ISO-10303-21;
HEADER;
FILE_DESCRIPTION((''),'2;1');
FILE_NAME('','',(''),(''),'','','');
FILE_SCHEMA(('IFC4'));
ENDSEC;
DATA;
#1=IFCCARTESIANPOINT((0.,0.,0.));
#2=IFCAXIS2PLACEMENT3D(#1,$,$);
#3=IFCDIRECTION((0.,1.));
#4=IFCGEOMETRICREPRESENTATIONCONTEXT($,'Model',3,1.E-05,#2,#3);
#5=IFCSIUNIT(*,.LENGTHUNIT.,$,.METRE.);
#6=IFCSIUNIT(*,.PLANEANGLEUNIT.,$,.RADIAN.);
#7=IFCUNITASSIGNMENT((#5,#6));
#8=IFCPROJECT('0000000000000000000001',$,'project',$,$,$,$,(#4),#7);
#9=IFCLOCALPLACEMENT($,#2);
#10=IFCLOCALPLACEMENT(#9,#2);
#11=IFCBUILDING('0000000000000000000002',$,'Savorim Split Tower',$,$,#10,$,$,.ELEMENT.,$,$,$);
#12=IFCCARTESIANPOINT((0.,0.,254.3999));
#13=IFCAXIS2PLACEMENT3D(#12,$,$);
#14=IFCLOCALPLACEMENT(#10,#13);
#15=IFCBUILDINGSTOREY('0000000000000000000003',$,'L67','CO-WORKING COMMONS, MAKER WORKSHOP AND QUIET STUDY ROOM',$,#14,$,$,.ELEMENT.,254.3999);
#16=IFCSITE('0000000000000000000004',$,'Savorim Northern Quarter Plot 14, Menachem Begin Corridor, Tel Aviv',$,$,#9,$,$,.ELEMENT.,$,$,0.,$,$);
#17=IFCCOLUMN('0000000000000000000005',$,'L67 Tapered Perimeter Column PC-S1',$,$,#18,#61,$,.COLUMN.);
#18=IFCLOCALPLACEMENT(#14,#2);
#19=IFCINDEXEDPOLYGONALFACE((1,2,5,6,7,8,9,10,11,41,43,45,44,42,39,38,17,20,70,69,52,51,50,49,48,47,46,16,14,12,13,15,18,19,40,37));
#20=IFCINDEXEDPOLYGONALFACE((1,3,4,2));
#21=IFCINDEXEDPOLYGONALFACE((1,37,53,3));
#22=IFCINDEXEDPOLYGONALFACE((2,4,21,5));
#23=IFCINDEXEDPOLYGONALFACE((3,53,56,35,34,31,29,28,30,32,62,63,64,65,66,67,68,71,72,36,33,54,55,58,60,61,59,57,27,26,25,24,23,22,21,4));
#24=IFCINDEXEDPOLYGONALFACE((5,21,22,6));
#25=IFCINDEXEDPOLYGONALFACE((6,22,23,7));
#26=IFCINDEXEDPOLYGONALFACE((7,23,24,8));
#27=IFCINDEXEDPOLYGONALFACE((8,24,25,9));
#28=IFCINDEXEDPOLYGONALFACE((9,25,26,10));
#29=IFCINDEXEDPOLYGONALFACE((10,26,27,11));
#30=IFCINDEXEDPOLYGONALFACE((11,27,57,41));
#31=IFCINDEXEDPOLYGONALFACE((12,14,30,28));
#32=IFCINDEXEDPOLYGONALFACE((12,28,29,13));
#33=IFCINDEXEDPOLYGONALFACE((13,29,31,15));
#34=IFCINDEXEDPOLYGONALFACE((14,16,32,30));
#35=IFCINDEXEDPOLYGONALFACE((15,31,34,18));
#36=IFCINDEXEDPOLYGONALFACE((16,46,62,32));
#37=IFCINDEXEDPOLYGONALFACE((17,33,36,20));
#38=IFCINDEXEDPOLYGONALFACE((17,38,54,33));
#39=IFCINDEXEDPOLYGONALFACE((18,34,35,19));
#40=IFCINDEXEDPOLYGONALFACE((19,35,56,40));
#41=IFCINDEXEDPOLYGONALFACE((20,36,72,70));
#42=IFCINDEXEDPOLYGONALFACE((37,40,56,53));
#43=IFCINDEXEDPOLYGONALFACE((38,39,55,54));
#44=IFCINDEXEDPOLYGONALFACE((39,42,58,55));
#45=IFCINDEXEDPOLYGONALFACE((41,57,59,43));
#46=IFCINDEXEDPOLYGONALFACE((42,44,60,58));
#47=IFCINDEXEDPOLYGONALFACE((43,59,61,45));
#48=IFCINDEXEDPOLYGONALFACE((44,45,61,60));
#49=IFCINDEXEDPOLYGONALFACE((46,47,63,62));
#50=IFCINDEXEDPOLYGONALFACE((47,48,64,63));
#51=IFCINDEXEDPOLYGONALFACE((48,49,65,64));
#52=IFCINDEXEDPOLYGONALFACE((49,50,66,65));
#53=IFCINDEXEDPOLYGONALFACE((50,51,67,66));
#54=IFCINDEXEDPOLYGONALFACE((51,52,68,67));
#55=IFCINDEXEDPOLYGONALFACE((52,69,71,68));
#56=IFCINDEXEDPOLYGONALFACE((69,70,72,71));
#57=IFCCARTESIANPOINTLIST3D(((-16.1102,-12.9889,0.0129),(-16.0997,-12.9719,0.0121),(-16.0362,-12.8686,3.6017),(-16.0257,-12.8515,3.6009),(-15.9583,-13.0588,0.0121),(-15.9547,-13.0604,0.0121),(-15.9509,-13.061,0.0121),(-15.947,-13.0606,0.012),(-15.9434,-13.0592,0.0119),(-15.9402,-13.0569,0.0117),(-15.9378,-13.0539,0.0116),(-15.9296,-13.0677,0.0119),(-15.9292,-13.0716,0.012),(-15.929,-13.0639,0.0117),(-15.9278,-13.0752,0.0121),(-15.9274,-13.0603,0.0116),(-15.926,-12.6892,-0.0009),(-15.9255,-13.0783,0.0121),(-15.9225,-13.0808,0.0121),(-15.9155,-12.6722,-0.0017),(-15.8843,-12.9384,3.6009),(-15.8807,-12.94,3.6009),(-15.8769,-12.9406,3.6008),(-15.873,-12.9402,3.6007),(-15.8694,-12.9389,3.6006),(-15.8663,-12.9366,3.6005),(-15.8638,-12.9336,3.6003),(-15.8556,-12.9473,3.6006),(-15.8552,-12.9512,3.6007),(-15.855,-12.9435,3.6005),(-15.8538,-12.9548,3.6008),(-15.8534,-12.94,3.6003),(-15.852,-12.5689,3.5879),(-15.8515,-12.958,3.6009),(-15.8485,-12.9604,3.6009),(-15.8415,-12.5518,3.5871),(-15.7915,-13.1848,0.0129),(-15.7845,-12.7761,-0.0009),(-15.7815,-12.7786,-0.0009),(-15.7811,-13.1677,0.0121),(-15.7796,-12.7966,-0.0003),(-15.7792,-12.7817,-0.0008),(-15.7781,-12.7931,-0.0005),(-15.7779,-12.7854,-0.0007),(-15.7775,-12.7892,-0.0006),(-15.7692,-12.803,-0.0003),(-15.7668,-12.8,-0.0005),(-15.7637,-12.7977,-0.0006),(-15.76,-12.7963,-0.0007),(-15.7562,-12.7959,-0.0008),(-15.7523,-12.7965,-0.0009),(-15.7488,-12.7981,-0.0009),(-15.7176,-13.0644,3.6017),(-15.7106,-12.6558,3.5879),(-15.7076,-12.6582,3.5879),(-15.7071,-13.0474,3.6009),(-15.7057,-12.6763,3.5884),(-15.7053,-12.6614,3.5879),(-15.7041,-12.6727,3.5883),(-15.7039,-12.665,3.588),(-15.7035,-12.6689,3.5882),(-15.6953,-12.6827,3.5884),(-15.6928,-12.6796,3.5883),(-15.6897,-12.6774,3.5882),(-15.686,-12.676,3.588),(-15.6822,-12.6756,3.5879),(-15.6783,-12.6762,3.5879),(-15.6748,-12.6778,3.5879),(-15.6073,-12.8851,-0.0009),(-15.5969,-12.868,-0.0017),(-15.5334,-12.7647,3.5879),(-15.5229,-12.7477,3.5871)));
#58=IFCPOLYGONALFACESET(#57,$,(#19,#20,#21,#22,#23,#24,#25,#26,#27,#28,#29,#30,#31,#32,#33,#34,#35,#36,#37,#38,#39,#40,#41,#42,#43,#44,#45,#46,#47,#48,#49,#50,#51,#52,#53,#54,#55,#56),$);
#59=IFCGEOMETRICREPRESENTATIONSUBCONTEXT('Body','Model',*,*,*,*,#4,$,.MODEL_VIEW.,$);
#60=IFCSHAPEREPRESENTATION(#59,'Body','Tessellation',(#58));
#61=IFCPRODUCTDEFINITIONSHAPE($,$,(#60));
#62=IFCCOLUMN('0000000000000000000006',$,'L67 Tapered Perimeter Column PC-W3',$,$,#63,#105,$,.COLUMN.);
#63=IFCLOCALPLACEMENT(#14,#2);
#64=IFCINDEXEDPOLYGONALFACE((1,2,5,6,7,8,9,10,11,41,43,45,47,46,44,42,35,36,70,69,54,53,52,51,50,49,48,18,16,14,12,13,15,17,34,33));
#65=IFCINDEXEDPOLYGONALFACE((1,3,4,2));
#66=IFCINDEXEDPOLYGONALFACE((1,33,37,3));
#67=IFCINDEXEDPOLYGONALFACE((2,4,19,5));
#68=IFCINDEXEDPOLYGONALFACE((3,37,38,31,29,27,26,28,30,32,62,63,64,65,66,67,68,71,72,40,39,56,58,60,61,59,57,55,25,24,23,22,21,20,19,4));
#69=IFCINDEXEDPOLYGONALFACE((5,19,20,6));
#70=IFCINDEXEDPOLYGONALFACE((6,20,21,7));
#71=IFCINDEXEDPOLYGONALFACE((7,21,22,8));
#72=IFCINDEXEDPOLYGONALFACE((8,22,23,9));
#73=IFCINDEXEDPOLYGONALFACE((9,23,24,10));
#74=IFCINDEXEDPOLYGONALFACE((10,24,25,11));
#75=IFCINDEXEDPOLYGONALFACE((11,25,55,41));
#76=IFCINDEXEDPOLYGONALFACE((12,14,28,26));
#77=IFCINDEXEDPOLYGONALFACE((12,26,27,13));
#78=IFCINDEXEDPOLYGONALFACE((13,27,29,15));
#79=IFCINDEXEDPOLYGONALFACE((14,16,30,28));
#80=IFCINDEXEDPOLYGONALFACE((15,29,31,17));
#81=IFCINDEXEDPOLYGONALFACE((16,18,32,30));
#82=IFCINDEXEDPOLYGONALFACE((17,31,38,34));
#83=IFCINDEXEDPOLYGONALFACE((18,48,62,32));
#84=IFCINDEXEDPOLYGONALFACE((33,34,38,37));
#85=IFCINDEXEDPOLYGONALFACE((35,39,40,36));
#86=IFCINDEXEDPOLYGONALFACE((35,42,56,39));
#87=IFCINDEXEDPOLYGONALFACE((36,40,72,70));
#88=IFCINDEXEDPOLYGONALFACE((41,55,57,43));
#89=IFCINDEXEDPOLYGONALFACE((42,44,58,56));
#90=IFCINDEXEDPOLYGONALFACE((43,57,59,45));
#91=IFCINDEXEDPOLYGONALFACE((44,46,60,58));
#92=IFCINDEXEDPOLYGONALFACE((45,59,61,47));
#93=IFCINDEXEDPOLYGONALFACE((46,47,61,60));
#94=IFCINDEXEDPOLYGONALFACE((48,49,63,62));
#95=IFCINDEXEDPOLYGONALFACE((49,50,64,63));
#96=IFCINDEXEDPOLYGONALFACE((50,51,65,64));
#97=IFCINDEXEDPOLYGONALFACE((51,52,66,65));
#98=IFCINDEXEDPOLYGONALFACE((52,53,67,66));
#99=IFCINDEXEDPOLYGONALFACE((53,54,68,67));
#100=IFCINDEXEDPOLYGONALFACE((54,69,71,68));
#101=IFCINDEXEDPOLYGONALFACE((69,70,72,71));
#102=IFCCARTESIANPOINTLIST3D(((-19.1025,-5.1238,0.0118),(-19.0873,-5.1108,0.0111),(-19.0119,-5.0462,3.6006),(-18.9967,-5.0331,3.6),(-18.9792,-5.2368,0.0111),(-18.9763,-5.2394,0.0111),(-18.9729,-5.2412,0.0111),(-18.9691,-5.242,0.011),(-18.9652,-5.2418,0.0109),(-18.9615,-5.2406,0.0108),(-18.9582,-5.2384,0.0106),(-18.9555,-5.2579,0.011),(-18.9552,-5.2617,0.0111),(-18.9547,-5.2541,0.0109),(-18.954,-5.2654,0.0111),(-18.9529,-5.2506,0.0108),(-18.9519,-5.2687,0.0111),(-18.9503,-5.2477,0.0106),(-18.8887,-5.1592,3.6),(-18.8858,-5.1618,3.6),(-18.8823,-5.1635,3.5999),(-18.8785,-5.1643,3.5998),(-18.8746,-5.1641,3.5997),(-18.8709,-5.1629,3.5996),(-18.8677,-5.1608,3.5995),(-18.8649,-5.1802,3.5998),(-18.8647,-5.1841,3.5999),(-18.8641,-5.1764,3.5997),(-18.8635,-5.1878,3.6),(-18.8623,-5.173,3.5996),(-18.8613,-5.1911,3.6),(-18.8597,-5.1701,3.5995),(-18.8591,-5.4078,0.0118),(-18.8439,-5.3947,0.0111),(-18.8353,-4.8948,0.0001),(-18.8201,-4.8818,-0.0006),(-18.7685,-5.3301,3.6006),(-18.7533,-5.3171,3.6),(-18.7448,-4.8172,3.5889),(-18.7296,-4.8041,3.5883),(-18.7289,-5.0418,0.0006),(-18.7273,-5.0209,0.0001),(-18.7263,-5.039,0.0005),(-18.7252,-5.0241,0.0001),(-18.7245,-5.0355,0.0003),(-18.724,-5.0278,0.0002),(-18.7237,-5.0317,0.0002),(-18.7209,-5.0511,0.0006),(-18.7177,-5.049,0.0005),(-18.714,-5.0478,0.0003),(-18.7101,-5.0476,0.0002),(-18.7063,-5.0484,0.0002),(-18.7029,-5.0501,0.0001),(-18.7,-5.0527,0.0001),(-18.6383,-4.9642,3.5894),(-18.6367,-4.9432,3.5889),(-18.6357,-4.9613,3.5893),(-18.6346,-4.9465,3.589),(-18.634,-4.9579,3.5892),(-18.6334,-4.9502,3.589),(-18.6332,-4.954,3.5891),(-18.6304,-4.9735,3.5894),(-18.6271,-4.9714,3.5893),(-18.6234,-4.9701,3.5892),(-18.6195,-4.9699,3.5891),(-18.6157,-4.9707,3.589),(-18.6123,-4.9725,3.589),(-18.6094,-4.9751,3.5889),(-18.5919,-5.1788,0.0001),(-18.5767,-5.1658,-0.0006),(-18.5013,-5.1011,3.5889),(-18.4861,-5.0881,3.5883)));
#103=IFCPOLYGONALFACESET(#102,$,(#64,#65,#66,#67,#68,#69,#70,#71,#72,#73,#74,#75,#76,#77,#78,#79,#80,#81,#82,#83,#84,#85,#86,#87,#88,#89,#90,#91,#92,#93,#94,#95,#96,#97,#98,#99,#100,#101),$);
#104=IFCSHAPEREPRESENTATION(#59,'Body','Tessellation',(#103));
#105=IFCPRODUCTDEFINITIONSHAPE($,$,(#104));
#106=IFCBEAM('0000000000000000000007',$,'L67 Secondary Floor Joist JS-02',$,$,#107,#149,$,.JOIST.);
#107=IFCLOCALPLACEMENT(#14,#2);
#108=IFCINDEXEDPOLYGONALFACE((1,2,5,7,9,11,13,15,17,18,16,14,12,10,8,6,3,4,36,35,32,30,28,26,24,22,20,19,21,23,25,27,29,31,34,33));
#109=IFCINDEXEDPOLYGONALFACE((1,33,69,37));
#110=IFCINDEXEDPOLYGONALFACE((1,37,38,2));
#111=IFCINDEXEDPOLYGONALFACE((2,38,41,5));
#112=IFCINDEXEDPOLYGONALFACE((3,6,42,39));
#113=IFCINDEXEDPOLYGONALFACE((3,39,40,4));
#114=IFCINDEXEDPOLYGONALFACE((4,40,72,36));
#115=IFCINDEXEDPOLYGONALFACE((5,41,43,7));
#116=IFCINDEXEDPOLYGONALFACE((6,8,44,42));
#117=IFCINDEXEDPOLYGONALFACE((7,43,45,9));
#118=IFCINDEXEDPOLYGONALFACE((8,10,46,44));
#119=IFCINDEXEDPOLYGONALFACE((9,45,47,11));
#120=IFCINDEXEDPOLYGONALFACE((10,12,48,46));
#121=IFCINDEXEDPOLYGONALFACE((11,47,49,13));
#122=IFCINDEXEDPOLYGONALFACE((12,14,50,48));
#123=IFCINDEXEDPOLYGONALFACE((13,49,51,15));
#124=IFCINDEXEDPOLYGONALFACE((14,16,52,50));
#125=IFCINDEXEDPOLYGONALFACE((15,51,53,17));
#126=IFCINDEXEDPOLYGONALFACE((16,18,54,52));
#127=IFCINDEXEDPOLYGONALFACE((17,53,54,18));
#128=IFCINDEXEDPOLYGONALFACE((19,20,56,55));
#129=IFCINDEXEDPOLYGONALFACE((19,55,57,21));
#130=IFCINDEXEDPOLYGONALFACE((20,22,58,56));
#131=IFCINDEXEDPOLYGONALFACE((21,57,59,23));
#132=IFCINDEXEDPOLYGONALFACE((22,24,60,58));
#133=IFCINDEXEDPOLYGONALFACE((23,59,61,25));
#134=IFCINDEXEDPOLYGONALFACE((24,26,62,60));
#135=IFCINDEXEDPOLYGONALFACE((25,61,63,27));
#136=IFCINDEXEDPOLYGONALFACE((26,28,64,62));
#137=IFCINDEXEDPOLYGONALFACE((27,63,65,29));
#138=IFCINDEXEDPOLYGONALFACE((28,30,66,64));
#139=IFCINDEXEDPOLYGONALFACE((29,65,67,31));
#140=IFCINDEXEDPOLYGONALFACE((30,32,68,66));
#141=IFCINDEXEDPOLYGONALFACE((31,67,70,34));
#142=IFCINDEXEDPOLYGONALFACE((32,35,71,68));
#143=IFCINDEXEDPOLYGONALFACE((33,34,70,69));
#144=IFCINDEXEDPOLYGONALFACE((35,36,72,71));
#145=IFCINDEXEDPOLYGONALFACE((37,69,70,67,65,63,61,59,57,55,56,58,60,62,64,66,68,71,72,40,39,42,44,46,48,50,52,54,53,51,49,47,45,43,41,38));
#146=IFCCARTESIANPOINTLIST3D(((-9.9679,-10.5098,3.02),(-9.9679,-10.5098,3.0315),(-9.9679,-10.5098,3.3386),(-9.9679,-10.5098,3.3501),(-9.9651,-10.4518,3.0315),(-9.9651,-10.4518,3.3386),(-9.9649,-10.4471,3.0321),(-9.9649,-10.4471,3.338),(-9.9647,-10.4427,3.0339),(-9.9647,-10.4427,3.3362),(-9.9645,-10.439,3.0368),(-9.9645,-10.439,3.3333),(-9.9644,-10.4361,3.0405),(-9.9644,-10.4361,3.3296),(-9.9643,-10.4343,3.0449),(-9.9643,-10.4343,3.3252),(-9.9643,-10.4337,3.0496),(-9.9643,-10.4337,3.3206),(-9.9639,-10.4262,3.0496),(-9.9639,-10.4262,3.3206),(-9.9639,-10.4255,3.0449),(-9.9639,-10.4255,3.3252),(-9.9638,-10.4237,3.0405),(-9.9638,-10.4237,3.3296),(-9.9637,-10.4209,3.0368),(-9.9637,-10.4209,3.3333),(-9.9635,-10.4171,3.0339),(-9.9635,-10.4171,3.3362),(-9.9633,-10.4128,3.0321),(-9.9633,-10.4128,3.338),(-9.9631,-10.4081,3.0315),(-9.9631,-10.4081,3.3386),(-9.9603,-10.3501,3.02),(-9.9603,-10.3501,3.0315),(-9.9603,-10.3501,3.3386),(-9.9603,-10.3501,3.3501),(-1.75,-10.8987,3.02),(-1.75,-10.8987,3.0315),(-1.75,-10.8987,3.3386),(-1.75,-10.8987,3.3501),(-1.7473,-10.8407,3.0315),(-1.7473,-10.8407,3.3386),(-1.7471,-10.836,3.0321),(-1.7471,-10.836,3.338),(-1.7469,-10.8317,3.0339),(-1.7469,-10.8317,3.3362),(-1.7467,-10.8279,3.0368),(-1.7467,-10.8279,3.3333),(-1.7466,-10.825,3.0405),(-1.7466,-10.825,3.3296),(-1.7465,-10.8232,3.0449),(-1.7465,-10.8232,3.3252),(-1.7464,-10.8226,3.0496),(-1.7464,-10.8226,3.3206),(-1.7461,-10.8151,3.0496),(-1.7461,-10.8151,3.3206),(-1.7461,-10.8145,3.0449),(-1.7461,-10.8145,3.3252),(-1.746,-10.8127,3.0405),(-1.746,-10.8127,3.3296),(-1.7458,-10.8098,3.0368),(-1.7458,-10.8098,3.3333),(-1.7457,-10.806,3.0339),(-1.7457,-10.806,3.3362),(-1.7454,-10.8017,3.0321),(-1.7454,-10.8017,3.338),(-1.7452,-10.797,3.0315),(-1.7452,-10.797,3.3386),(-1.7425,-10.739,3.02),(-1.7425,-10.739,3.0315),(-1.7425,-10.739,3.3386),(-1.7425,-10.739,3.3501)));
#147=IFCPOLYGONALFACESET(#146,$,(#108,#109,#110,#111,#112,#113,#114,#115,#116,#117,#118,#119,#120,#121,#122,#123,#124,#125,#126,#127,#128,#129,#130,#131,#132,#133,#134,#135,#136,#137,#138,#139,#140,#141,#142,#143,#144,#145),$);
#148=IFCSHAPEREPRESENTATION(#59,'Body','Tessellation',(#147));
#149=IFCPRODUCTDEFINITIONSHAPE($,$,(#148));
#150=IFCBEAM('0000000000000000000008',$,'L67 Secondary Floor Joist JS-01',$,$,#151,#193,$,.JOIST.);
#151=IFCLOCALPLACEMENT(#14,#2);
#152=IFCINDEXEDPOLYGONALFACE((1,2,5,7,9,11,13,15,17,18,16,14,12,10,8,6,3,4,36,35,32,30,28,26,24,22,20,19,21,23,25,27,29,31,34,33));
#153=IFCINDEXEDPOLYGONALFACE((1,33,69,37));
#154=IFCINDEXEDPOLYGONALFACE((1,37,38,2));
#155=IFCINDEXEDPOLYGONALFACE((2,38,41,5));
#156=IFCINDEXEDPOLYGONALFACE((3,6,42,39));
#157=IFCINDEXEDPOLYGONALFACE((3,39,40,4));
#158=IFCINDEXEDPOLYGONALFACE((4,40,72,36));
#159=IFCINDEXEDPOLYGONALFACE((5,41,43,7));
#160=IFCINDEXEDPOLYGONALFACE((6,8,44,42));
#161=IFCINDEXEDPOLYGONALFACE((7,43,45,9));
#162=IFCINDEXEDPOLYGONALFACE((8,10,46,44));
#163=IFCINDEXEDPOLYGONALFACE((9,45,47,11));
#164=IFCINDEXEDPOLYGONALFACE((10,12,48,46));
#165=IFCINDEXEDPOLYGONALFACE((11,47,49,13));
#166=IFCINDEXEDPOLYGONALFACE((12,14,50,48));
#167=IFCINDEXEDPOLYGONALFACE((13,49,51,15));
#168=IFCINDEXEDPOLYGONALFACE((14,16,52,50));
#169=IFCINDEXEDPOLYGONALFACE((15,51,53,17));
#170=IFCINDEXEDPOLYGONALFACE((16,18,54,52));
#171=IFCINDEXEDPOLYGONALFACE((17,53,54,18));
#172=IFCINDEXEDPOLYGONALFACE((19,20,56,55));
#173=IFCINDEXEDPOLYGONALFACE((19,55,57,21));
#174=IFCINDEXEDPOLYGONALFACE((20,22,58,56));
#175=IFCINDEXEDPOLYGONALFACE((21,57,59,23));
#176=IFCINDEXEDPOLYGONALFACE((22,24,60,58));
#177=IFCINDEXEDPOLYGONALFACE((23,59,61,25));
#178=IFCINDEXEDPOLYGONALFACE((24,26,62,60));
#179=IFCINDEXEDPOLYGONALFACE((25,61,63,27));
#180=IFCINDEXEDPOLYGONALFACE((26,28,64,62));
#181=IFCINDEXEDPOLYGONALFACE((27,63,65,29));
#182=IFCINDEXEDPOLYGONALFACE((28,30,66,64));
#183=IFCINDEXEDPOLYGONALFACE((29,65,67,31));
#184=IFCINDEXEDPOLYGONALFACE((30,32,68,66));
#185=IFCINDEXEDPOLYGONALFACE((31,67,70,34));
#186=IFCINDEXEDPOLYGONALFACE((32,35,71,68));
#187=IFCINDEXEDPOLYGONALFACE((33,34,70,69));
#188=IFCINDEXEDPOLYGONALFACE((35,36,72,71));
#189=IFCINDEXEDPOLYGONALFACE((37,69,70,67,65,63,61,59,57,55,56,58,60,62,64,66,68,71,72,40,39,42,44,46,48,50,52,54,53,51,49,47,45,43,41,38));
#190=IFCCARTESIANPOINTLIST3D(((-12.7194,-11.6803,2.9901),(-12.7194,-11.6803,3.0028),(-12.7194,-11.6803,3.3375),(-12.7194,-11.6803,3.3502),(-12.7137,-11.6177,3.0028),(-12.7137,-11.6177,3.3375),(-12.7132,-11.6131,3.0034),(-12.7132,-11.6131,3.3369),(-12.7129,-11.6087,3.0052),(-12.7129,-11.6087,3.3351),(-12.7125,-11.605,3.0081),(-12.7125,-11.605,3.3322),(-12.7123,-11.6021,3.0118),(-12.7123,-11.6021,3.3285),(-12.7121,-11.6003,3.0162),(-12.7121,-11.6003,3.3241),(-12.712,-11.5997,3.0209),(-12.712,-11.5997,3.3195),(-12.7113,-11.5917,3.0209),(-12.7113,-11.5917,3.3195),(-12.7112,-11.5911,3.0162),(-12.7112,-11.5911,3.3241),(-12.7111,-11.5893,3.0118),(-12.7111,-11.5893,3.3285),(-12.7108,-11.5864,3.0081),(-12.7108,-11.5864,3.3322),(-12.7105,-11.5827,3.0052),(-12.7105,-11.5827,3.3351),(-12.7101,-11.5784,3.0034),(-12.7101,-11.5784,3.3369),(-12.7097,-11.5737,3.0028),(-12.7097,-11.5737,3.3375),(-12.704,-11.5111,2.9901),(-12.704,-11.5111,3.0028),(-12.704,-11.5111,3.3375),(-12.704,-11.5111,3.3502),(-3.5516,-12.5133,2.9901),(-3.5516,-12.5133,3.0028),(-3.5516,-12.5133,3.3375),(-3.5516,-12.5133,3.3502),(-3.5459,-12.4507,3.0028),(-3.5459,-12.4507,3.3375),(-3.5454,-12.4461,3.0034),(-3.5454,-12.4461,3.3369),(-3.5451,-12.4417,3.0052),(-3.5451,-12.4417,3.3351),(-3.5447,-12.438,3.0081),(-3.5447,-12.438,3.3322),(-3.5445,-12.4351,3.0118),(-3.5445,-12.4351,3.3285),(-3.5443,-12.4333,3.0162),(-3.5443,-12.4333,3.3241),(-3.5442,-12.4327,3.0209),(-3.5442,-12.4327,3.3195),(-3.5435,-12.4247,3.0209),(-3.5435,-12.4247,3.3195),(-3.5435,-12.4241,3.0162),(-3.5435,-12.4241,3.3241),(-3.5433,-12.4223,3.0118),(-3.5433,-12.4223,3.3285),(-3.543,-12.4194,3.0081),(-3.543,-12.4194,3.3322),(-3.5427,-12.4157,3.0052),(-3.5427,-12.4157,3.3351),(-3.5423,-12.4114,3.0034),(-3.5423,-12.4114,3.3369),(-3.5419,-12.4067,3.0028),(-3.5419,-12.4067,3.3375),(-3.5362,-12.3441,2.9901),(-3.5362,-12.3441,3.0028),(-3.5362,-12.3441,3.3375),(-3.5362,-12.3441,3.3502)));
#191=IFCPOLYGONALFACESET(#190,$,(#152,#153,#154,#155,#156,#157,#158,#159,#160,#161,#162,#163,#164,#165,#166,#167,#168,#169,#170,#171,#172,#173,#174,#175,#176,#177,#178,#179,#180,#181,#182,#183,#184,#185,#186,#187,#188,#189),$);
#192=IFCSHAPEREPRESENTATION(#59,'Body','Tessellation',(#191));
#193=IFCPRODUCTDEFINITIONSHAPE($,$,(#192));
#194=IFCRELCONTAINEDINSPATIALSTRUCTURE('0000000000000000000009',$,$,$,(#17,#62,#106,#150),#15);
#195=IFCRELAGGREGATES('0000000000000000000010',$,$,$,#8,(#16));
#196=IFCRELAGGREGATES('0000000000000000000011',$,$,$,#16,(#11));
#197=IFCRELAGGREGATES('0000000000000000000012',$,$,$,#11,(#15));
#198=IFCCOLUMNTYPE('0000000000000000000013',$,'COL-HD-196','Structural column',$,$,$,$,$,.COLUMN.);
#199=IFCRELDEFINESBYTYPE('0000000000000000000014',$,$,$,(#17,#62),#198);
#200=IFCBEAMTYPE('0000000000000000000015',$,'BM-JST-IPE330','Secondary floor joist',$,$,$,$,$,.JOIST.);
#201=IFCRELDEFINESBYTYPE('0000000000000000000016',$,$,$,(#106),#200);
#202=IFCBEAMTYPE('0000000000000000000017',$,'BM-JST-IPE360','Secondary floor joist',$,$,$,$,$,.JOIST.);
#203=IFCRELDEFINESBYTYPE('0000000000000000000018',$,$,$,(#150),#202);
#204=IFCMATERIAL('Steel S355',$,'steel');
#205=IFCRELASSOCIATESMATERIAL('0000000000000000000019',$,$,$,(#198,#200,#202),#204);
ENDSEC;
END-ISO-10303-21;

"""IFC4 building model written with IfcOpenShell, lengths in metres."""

from ifc_helpers import new_model, si_unit, direction, frame, origin, origin_2d, place, context, subcontext, project, spatial, i_section, extrude, material, material_profile, profile_set, type_object, element, save


model = new_model("IFC4")

# Units and contexts
model_context = context("Model", 3, precision=1e-05, world=origin(), true_north=direction((0.0, 1.0)))
body_context = subcontext(model_context, "Body", "Model", "MODEL_VIEW")
ifc_project = project(units=[si_unit("LENGTHUNIT", "METRE"), si_unit("PLANEANGLEUNIT", "RADIAN")], contexts=[model_context])

# Site, building, storey
site_placement = place(None, origin())
site = spatial("IfcSite", under=ifc_project, at=site_placement, Name="Savorim Northern Quarter Plot 14, Menachem Begin Corridor, Tel Aviv", CompositionType="ELEMENT", RefElevation=0.0)
building_placement = place(site_placement, origin())
building = spatial("IfcBuilding", under=site, at=building_placement, Name="Savorim Split Tower", CompositionType="ELEMENT")
storey_placement = place(building_placement, frame((0.0, 0.0, 254.3999)))
storey = spatial("IfcBuildingStorey", under=building, at=storey_placement, Name="L67", Description="CO-WORKING COMMONS, MAKER WORKSHOP AND QUIET STUDY ROOM", CompositionType="ELEMENT", Elevation=254.3999)

# Columns
ifc_material_1 = material(Name="Steel S355", Category="steel")
ifc_material_profile_1 = material_profile(ifc_material_1, i_section(OverallWidth=0.374, OverallDepth=0.3721, WebThickness=0.0122, FlangeThickness=0.02, FilletRadius=0.0149, at=origin_2d()), Name="HD 360x196")
ifc_profile_set_1 = profile_set([ifc_material_profile_1], Name="Steel S355")
column_type = type_object("IfcColumnType", Name="COL-HD-196", Description="Structural column", PredefinedType="COLUMN", material=ifc_profile_set_1)
column_1_placement = place(storey_placement, frame((-15.8535, -12.9285, 0.0056), z_axis=(0.020596, 0.033511, 0.999226), x_axis=(-0.851955, 0.523615, 0.0)))
element("IfcColumn", 1, at=column_1_placement, inside=storey, type_object=column_type, Name="L67 Tapered Perimeter Column PC-S1", PredefinedType="COLUMN", context=body_context, shape_type="SweptSolid", body=[
    extrude(i_section(OverallWidth=0.374, OverallDepth=0.3721, WebThickness=0.0122, FlangeThickness=0.02, FilletRadius=0.0149, at=origin_2d()), origin(), (0.0, 0.0, 1.0), 3.5916),
])
column_2_placement = place(storey_placement, frame((-18.8396, -5.1448, 0.0056), z_axis=(0.025224, 0.021621, 0.999448), x_axis=(-0.650791, 0.759257, 0.0)))
element("IfcColumn", 2, at=column_2_placement, inside=storey, type_object=column_type, Name="L67 Tapered Perimeter Column PC-W3", PredefinedType="COLUMN", context=body_context, shape_type="SweptSolid", body=[
    extrude(i_section(OverallWidth=0.374, OverallDepth=0.3721, WebThickness=0.0122, FlangeThickness=0.02, FilletRadius=0.0149, at=origin_2d()), origin(), (0.0, 0.0, 1.0), 3.5908),
])

# Beams
ifc_material_profile_2 = material_profile(ifc_material_1, i_section(OverallWidth=0.1599, OverallDepth=0.3301, WebThickness=0.0076, FlangeThickness=0.0115, FilletRadius=0.0181, at=origin_2d()), Name="IPE 330")
ifc_profile_set_2 = profile_set([ifc_material_profile_2], Name="Steel S355")
beam_type_1 = type_object("IfcBeamType", Name="BM-JST-IPE330", Description="Secondary floor joist", PredefinedType="JOIST", material=ifc_profile_set_2)
beam_1_placement = place(storey_placement, frame((-9.9641, -10.4299, 3.1851), z_axis=(0.998882, -0.047273, 0.0), x_axis=(0.047273, 0.998882, 0.0)))
element("IfcBeam", 3, at=beam_1_placement, inside=storey, type_object=beam_type_1, Name="L67 Secondary Floor Joist JS-02", PredefinedType="JOIST", context=body_context, shape_type="SweptSolid", body=[
    extrude(i_section(OverallWidth=0.1599, OverallDepth=0.3301, WebThickness=0.0076, FlangeThickness=0.0115, FilletRadius=0.0181, at=origin_2d()), origin(), (0.0, 0.0, 1.0), 8.2271),
])
ifc_material_profile_3 = material_profile(ifc_material_1, i_section(OverallWidth=0.1699, OverallDepth=0.3601, WebThickness=0.0081, FlangeThickness=0.0127, FilletRadius=0.0181, at=origin_2d()), Name="IPE 360")
ifc_profile_set_3 = profile_set([ifc_material_profile_3], Name="Steel S355")
beam_type_2 = type_object("IfcBeamType", Name="BM-JST-IPE360", Description="Secondary floor joist", PredefinedType="JOIST", material=ifc_profile_set_3)
beam_2_placement = place(storey_placement, frame((-12.7117, -11.5957, 3.1702), z_axis=(0.995897, -0.09049, 0.0), x_axis=(0.09049, 0.995897, 0.0)))
element("IfcBeam", 4, at=beam_2_placement, inside=storey, type_object=beam_type_2, Name="L67 Secondary Floor Joist JS-01", PredefinedType="JOIST", context=body_context, shape_type="SweptSolid", body=[
    extrude(i_section(OverallWidth=0.1699, OverallDepth=0.3601, WebThickness=0.0081, FlangeThickness=0.0127, FilletRadius=0.0181, at=origin_2d()), origin(), (0.0, 0.0, 1.0), 9.2056),
])

save(model, "model.ifc")
